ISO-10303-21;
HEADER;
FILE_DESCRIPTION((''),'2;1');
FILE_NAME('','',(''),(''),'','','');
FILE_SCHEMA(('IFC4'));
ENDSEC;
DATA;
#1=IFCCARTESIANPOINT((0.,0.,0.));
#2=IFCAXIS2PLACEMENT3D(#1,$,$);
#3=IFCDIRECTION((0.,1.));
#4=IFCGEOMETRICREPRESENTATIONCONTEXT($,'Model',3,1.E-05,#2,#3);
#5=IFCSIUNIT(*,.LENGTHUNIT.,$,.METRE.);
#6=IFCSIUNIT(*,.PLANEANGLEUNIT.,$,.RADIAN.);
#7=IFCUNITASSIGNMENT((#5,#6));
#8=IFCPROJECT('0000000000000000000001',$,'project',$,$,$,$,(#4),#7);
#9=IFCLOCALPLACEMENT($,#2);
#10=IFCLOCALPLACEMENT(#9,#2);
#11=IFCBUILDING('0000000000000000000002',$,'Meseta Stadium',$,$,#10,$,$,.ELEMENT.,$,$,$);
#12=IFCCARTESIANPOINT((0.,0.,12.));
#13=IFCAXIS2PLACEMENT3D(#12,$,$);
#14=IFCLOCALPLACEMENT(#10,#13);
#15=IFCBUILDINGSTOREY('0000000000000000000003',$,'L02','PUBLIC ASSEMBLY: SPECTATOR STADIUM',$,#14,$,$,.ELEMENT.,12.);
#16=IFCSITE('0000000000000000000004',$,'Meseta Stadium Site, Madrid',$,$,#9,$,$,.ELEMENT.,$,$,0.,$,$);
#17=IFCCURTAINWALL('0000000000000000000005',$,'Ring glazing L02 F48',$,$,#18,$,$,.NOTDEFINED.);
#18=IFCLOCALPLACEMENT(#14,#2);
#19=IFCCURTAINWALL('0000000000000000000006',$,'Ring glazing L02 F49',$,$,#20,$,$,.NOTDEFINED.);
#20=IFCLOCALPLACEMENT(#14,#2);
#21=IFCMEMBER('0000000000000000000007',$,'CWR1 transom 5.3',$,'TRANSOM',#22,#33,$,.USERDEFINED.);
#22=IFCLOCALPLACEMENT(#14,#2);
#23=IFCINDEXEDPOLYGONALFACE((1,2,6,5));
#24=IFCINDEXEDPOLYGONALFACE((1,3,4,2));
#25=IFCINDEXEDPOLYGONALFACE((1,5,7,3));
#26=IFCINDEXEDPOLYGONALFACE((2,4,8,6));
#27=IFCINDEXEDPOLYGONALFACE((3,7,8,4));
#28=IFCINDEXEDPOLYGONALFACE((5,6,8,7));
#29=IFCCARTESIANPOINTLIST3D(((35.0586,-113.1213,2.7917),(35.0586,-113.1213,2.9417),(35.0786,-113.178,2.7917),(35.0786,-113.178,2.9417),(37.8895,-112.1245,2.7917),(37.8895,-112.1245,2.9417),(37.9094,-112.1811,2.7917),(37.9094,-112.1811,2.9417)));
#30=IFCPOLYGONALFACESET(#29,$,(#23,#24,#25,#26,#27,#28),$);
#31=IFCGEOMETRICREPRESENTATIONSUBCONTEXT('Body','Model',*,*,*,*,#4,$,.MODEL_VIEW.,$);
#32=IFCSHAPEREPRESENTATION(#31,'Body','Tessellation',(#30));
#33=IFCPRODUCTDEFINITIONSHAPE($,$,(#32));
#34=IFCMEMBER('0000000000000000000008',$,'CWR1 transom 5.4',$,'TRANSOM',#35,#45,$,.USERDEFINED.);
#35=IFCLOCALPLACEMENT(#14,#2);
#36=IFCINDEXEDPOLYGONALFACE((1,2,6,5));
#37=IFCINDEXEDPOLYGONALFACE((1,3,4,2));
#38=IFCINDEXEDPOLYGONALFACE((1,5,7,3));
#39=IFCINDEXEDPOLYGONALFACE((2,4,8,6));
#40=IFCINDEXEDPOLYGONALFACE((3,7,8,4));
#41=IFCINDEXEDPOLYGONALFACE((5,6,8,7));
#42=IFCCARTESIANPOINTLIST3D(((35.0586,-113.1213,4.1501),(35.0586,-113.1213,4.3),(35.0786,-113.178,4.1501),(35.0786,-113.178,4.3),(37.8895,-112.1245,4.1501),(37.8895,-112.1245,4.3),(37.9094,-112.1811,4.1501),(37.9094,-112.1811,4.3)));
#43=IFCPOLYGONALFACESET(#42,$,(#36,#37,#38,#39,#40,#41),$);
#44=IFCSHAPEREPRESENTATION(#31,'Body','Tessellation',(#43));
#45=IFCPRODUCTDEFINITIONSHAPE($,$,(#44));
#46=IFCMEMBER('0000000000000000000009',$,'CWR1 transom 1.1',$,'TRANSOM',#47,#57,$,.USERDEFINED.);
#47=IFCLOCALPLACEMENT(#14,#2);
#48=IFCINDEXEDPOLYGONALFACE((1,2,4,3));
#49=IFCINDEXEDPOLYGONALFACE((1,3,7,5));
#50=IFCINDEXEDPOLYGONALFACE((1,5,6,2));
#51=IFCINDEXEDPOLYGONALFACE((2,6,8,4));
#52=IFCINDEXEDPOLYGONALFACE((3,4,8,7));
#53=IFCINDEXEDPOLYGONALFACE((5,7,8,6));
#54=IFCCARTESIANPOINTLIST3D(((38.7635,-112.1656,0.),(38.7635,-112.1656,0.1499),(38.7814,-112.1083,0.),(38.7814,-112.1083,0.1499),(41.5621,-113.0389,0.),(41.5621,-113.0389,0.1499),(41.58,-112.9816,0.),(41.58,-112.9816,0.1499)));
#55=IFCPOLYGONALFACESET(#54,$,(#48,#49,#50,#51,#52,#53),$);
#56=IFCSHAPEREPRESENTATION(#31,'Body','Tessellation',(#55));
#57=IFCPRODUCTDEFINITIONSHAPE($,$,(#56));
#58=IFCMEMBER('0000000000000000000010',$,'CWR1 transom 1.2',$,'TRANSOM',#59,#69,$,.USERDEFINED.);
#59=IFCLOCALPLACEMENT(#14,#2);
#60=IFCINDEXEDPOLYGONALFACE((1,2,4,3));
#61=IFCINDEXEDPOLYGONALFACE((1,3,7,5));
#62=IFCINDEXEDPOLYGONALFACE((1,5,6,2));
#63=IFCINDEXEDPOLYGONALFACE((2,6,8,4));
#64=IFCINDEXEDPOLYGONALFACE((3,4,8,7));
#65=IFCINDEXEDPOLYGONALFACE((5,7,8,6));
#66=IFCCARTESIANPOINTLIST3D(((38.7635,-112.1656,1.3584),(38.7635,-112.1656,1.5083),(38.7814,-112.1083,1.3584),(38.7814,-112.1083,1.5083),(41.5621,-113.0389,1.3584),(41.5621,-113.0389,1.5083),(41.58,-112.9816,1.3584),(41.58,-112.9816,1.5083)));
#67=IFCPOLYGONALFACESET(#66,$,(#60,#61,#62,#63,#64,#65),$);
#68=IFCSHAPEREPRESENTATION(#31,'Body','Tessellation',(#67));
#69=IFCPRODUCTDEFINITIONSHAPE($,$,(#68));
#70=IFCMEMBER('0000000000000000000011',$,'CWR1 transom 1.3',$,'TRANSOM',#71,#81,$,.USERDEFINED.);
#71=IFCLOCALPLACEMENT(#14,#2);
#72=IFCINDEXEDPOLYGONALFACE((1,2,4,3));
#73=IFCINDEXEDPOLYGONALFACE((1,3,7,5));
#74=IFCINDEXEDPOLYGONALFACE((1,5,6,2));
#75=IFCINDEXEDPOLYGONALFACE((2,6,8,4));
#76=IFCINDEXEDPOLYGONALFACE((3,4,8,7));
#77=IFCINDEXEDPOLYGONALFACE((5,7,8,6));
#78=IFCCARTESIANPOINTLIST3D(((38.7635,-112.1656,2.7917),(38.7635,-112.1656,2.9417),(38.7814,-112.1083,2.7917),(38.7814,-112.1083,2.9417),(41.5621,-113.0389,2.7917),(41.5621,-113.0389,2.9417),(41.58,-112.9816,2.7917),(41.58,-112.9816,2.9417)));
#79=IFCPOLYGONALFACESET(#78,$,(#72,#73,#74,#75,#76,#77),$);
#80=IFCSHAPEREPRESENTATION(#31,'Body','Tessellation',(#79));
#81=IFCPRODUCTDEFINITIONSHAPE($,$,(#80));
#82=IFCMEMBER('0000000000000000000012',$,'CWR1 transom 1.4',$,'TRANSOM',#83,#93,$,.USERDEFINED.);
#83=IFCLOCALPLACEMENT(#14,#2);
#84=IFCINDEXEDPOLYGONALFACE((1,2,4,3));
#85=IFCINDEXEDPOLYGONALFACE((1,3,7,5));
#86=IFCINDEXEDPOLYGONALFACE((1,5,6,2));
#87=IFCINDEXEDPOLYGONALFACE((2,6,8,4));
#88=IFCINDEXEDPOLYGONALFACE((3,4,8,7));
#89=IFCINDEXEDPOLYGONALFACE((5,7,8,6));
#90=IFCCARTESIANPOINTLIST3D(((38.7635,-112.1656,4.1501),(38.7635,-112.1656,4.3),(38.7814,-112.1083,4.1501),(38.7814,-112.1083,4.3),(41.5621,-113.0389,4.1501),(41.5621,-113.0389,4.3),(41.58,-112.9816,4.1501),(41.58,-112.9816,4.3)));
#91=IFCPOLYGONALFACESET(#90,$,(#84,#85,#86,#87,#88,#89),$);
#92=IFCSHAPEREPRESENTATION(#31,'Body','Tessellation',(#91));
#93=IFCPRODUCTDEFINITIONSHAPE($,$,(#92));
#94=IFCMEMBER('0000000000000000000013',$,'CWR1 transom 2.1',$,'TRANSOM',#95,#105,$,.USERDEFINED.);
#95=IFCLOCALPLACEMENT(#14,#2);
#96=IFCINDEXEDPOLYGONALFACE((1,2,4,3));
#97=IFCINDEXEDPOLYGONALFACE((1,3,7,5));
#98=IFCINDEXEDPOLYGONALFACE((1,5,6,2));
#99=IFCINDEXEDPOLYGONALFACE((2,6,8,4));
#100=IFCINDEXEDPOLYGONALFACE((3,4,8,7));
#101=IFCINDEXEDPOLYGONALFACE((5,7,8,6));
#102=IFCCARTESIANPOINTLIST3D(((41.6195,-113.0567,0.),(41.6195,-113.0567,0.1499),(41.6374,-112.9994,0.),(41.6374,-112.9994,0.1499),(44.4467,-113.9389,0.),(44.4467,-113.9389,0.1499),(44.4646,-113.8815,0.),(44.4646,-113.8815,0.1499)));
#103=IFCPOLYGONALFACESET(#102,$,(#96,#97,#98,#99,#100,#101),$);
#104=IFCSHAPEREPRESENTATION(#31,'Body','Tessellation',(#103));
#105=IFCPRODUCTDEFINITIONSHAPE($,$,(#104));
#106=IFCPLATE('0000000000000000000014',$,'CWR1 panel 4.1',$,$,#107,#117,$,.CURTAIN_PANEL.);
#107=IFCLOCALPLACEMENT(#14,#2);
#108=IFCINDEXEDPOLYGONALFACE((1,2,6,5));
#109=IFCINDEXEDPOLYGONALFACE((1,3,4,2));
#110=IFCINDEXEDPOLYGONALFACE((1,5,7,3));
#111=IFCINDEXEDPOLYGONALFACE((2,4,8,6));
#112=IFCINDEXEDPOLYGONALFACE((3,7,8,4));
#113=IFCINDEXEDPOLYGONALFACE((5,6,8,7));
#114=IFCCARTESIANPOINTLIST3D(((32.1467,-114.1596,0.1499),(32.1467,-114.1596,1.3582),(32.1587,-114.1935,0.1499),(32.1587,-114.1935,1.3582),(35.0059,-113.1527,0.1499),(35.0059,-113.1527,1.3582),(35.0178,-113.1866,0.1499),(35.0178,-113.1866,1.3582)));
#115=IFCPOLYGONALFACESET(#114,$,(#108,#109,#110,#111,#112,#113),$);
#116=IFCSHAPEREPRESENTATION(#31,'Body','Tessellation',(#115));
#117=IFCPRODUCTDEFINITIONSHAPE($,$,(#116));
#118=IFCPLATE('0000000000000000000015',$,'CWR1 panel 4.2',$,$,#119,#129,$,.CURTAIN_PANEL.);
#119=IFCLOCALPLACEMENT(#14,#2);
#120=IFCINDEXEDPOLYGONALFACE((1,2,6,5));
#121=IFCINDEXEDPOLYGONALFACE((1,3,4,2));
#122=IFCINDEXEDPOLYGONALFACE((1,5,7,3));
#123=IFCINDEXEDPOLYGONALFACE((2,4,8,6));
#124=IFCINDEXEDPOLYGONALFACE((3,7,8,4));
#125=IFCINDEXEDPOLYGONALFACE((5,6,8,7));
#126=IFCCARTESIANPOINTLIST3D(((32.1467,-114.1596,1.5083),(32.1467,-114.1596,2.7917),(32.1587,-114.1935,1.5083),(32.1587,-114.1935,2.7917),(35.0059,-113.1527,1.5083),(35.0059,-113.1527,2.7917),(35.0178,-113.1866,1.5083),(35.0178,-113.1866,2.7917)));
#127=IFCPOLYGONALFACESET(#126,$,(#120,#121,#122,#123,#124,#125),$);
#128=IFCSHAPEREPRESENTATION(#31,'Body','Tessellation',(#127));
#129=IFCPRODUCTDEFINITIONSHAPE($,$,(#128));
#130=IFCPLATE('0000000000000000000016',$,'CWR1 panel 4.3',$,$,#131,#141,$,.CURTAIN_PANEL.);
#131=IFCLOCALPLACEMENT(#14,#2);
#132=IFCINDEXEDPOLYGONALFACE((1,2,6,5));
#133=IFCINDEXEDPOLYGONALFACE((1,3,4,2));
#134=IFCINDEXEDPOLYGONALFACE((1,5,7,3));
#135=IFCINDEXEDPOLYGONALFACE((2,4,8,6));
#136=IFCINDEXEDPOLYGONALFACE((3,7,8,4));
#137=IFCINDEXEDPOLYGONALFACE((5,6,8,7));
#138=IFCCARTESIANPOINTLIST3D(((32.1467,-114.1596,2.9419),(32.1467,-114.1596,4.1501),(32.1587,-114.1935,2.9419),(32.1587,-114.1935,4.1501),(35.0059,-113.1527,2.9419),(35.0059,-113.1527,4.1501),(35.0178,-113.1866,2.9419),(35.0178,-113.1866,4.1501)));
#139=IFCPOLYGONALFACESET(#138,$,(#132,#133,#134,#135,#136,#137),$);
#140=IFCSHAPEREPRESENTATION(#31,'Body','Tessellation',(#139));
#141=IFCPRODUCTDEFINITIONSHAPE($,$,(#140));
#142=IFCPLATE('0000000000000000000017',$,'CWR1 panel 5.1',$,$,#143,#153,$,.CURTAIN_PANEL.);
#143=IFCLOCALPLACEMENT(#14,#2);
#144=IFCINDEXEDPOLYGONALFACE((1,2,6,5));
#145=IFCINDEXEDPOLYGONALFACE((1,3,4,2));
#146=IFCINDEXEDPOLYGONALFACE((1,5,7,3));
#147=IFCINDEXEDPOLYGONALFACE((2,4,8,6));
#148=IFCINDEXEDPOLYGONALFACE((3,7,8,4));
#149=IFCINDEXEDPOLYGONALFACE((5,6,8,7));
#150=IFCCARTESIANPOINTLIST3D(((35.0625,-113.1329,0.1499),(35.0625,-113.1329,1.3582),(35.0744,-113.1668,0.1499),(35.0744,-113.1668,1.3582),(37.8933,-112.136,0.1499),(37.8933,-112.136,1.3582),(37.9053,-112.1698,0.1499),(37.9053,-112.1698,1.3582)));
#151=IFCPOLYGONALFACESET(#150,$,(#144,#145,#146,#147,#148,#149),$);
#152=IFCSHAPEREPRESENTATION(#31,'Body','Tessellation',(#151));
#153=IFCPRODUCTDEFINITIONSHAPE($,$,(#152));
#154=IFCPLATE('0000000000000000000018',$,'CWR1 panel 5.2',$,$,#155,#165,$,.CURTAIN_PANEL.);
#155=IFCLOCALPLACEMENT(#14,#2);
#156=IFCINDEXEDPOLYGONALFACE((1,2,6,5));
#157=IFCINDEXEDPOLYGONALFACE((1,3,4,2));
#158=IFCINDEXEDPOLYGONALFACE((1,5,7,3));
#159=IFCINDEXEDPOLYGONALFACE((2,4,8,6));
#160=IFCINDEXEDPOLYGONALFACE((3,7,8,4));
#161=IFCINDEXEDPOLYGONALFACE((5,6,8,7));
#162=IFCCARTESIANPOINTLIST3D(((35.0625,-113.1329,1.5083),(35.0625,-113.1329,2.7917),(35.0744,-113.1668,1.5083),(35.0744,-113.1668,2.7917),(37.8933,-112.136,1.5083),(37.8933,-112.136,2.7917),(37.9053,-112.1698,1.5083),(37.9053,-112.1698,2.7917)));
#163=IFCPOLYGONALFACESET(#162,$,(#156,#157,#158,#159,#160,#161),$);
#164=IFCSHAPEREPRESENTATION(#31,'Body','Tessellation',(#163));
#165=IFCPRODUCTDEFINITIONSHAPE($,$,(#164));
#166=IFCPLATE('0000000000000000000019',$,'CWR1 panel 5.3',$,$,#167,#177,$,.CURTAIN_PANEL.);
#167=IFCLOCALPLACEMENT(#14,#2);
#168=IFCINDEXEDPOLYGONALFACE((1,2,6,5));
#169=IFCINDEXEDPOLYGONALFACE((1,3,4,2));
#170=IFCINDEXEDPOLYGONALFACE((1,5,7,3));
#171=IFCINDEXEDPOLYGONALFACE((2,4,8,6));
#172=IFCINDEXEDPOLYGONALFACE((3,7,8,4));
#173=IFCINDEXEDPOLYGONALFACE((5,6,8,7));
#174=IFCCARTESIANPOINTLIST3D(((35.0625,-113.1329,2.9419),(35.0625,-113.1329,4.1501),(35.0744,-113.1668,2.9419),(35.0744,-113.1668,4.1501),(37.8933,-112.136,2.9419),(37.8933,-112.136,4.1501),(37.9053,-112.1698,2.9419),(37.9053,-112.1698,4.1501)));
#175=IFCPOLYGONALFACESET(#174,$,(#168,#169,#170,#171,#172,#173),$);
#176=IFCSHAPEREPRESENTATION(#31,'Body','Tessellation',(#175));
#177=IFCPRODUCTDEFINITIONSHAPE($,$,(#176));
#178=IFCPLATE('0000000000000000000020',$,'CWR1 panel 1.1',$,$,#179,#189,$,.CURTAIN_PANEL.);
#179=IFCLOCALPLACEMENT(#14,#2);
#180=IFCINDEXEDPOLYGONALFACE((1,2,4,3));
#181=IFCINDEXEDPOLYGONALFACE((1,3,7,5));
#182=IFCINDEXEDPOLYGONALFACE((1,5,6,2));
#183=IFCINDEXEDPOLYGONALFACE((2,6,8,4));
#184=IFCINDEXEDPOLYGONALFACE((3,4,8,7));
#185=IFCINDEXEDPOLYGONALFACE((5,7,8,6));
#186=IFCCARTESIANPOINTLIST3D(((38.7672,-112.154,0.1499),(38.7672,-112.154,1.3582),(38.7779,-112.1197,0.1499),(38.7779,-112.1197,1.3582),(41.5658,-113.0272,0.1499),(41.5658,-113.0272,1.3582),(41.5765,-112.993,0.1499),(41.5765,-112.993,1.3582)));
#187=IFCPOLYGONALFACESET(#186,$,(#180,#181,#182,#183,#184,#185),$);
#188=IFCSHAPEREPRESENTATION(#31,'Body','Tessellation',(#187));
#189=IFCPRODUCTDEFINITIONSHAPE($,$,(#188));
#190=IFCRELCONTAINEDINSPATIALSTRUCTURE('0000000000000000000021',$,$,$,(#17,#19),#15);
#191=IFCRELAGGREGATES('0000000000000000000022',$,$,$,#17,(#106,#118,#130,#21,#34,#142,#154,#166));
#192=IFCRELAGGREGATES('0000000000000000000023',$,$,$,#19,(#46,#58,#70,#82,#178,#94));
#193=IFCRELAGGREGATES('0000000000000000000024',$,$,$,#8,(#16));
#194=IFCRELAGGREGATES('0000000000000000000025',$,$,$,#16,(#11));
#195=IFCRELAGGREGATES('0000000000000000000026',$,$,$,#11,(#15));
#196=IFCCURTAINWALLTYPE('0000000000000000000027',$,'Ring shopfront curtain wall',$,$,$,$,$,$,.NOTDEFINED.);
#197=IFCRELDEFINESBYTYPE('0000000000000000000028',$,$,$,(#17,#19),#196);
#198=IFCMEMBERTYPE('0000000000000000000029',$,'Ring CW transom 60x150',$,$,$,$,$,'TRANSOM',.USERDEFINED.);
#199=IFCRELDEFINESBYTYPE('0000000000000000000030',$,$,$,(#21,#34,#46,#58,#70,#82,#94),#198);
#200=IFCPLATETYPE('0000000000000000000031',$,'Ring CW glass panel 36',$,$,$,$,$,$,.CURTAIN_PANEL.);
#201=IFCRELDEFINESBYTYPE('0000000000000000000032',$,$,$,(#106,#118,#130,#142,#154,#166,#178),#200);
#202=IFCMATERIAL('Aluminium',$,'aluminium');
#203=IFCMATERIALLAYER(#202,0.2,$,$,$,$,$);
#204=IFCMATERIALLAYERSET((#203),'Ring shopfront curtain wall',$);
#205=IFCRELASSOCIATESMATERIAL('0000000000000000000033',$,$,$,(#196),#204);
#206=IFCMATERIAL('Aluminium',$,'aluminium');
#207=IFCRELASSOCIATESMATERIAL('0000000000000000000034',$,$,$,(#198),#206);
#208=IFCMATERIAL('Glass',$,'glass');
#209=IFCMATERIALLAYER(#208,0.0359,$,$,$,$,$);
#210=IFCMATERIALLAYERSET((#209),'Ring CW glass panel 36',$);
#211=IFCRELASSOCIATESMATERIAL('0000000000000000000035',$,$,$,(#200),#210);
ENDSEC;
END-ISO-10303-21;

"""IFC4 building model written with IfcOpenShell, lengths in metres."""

from ifc_helpers import new_model, si_unit, direction, frame, origin, origin_2d, place, context, subcontext, project, spatial, rectangle, extrude, material, layer, layer_set, material_profile, profile_set, type_object, element, aggregate, save


model = new_model("IFC4")

# Units and contexts
model_context = context("Model", 3, precision=1e-05, world=origin(), true_north=direction((0.0, 1.0)))
body_context = subcontext(model_context, "Body", "Model", "MODEL_VIEW")
ifc_project = project(units=[si_unit("LENGTHUNIT", "METRE"), si_unit("PLANEANGLEUNIT", "RADIAN")], contexts=[model_context])

# Site, building, storey
site_placement = place(None, origin())
site = spatial("IfcSite", under=ifc_project, at=site_placement, Name="Meseta Stadium Site, Madrid", CompositionType="ELEMENT", RefElevation=0.0)
building_placement = place(site_placement, origin())
building = spatial("IfcBuilding", under=site, at=building_placement, Name="Meseta Stadium", CompositionType="ELEMENT")
storey_placement = place(building_placement, frame((0.0, 0.0, 12.0)))
storey = spatial("IfcBuildingStorey", under=building, at=storey_placement, Name="L02", Description="PUBLIC ASSEMBLY: SPECTATOR STADIUM", CompositionType="ELEMENT", Elevation=12.0)

# Curtain walls
ifc_material_1 = material(Name="Aluminium", Category="aluminium")
ifc_layer_1 = layer(ifc_material_1, 0.2)
ifc_layer_set_1 = layer_set([ifc_layer_1], Name="Ring shopfront curtain wall")
curtain_wall_type = type_object("IfcCurtainWallType", Name="Ring shopfront curtain wall", PredefinedType="NOTDEFINED", material=ifc_layer_set_1)
curtain_wall_1_placement = place(storey_placement, origin())
curtain_wall_1 = element("IfcCurtainWall", 1, at=curtain_wall_1_placement, inside=storey, type_object=curtain_wall_type, Name="Ring glazing L02 F48", PredefinedType="NOTDEFINED")
curtain_wall_2_placement = place(storey_placement, origin())
curtain_wall_2 = element("IfcCurtainWall", 2, at=curtain_wall_2_placement, inside=storey, type_object=curtain_wall_type, Name="Ring glazing L02 F49", PredefinedType="NOTDEFINED")

# Members
ifc_material_2 = material(Name="Aluminium", Category="aluminium")
ifc_material_profile_1 = material_profile(ifc_material_2, rectangle(XDim=0.0601, YDim=0.1499, at=origin_2d()), Name="CW 60x150")
ifc_profile_set_1 = profile_set([ifc_material_profile_1], Name="Aluminium")
member_type_1 = type_object("IfcMemberType", Name="Ring CW transom 60x150", ElementType="TRANSOM", PredefinedType="USERDEFINED", material=ifc_profile_set_1)
member_1_placement = place(storey_placement, frame((35.0686, -113.1497, 2.8667), z_axis=(0.943229, 0.332143, 0.0), x_axis=(-0.332143, 0.943229, 0.0)))
member_1 = element("IfcMember", 3, at=member_1_placement, type_object=member_type_1, Name="CWR1 transom 5.3", ObjectType="TRANSOM", PredefinedType="USERDEFINED", context=body_context, shape_type="SweptSolid", body=[
    extrude(rectangle(XDim=0.0601, YDim=0.1499, at=origin_2d()), origin(), (0.0, 0.0, 1.0), 3.0012),
])
member_2_placement = place(storey_placement, frame((35.0686, -113.1497, 4.2251), z_axis=(0.943229, 0.332143, 0.0), x_axis=(-0.332143, 0.943229, 0.0)))
member_2 = element("IfcMember", 4, at=member_2_placement, type_object=member_type_1, Name="CWR1 transom 5.4", ObjectType="TRANSOM", PredefinedType="USERDEFINED", context=body_context, shape_type="SweptSolid", body=[
    extrude(rectangle(XDim=0.0601, YDim=0.1499, at=origin_2d()), origin(), (0.0, 0.0, 1.0), 3.0012),
])
member_3_placement = place(storey_placement, frame((38.7725, -112.137, 0.075), z_axis=(0.954603, -0.297881, 0.0), x_axis=(0.297881, 0.954603, 0.0)))
member_3 = element("IfcMember", 5, at=member_3_placement, type_object=member_type_1, Name="CWR1 transom 1.1", ObjectType="TRANSOM", PredefinedType="USERDEFINED", context=body_context, shape_type="SweptSolid", body=[
    extrude(rectangle(XDim=0.0601, YDim=0.1499, at=origin_2d()), origin(), (0.0, 0.0, 1.0), 2.9316),
])
member_4_placement = place(storey_placement, frame((38.7725, -112.137, 1.4333), z_axis=(0.954603, -0.297881, 0.0), x_axis=(0.297881, 0.954603, 0.0)))
member_4 = element("IfcMember", 6, at=member_4_placement, type_object=member_type_1, Name="CWR1 transom 1.2", ObjectType="TRANSOM", PredefinedType="USERDEFINED", context=body_context, shape_type="SweptSolid", body=[
    extrude(rectangle(XDim=0.0601, YDim=0.1499, at=origin_2d()), origin(), (0.0, 0.0, 1.0), 2.9316),
])
member_5_placement = place(storey_placement, frame((38.7725, -112.137, 2.8667), z_axis=(0.954603, -0.297881, 0.0), x_axis=(0.297881, 0.954603, 0.0)))
member_5 = element("IfcMember", 7, at=member_5_placement, type_object=member_type_1, Name="CWR1 transom 1.3", ObjectType="TRANSOM", PredefinedType="USERDEFINED", context=body_context, shape_type="SweptSolid", body=[
    extrude(rectangle(XDim=0.0601, YDim=0.1499, at=origin_2d()), origin(), (0.0, 0.0, 1.0), 2.9316),
])
member_6_placement = place(storey_placement, frame((38.7725, -112.137, 4.2251), z_axis=(0.954603, -0.297881, 0.0), x_axis=(0.297881, 0.954603, 0.0)))
member_6 = element("IfcMember", 8, at=member_6_placement, type_object=member_type_1, Name="CWR1 transom 1.4", ObjectType="TRANSOM", PredefinedType="USERDEFINED", context=body_context, shape_type="SweptSolid", body=[
    extrude(rectangle(XDim=0.0601, YDim=0.1499, at=origin_2d()), origin(), (0.0, 0.0, 1.0), 2.9316),
])
member_7_placement = place(storey_placement, frame((41.6284, -113.0281, 0.075), z_axis=(0.954615, -0.297843, 0.0), x_axis=(0.297843, 0.954615, 0.0)))
member_7 = element("IfcMember", 9, at=member_7_placement, type_object=member_type_1, Name="CWR1 transom 2.1", ObjectType="TRANSOM", PredefinedType="USERDEFINED", context=body_context, shape_type="SweptSolid", body=[
    extrude(rectangle(XDim=0.0601, YDim=0.1499, at=origin_2d()), origin(), (0.0, 0.0, 1.0), 2.9617),
])

# Plates
ifc_material_3 = material(Name="Glass", Category="glass")
ifc_layer_2 = layer(ifc_material_3, 0.0359)
ifc_layer_set_2 = layer_set([ifc_layer_2], Name="Ring CW glass panel 36")
plate_type_1 = type_object("IfcPlateType", Name="Ring CW glass panel 36", PredefinedType="CURTAIN_PANEL", material=ifc_layer_set_2)
plate_1_placement = place(storey_placement, frame((33.5823, -113.6731, 0.1499), z_axis=(0.0, 0.0, 1.0), x_axis=(0.943218, 0.332174, 0.0)))
plate_1 = element("IfcPlate", 10, at=plate_1_placement, type_object=plate_type_1, Name="CWR1 panel 4.1", PredefinedType="CURTAIN_PANEL", context=body_context, shape_type="SweptSolid", body=[
    extrude(rectangle(XDim=3.0312, YDim=0.0359, at=origin_2d()), origin(), (0.0, 0.0, 1.0), 1.2083),
])
plate_2_placement = place(storey_placement, frame((33.5823, -113.6731, 1.5083), z_axis=(0.0, 0.0, 1.0), x_axis=(0.943218, 0.332174, 0.0)))
plate_2 = element("IfcPlate", 11, at=plate_2_placement, type_object=plate_type_1, Name="CWR1 panel 4.2", PredefinedType="CURTAIN_PANEL", context=body_context, shape_type="SweptSolid", body=[
    extrude(rectangle(XDim=3.0312, YDim=0.0359, at=origin_2d()), origin(), (0.0, 0.0, 1.0), 1.2834),
])
plate_3_placement = place(storey_placement, frame((33.5823, -113.6731, 2.9419), z_axis=(0.0, 0.0, 1.0), x_axis=(0.943218, 0.332174, 0.0)))
plate_3 = element("IfcPlate", 12, at=plate_3_placement, type_object=plate_type_1, Name="CWR1 panel 4.3", PredefinedType="CURTAIN_PANEL", context=body_context, shape_type="SweptSolid", body=[
    extrude(rectangle(XDim=3.0312, YDim=0.0359, at=origin_2d()), origin(), (0.0, 0.0, 1.0), 1.2083),
])
plate_4_placement = place(storey_placement, frame((36.4839, -112.6514, 0.1499), z_axis=(0.0, 0.0, 1.0), x_axis=(0.943218, 0.332174, 0.0)))
plate_4 = element("IfcPlate", 13, at=plate_4_placement, type_object=plate_type_1, Name="CWR1 panel 5.1", PredefinedType="CURTAIN_PANEL", context=body_context, shape_type="SweptSolid", body=[
    extrude(rectangle(XDim=3.0012, YDim=0.0359, at=origin_2d()), origin(), (0.0, 0.0, 1.0), 1.2083),
])
plate_5_placement = place(storey_placement, frame((36.4839, -112.6514, 1.5083), z_axis=(0.0, 0.0, 1.0), x_axis=(0.943218, 0.332174, 0.0)))
plate_5 = element("IfcPlate", 14, at=plate_5_placement, type_object=plate_type_1, Name="CWR1 panel 5.2", PredefinedType="CURTAIN_PANEL", context=body_context, shape_type="SweptSolid", body=[
    extrude(rectangle(XDim=3.0012, YDim=0.0359, at=origin_2d()), origin(), (0.0, 0.0, 1.0), 1.2834),
])
plate_6_placement = place(storey_placement, frame((36.4839, -112.6514, 2.9419), z_axis=(0.0, 0.0, 1.0), x_axis=(0.943218, 0.332174, 0.0)))
plate_6 = element("IfcPlate", 15, at=plate_6_placement, type_object=plate_type_1, Name="CWR1 panel 5.3", PredefinedType="CURTAIN_PANEL", context=body_context, shape_type="SweptSolid", body=[
    extrude(rectangle(XDim=3.0012, YDim=0.0359, at=origin_2d()), origin(), (0.0, 0.0, 1.0), 1.2083),
])
aggregate(curtain_wall_1, [plate_1, plate_2, plate_3, member_1, member_2, plate_4, plate_5, plate_6])
plate_7_placement = place(storey_placement, frame((40.1719, -112.5735, 0.1499), z_axis=(0.0, 0.0, 1.0), x_axis=(0.954609, -0.297861, 0.0)))
plate_7 = element("IfcPlate", 16, at=plate_7_placement, type_object=plate_type_1, Name="CWR1 panel 1.1", PredefinedType="CURTAIN_PANEL", context=body_context, shape_type="SweptSolid", body=[
    extrude(rectangle(XDim=2.9316, YDim=0.0359, at=origin_2d()), origin(), (0.0, 0.0, 1.0), 1.2083),
])
aggregate(curtain_wall_2, [member_3, member_4, member_5, member_6, plate_7, member_7])

save(model, "model.ifc")
